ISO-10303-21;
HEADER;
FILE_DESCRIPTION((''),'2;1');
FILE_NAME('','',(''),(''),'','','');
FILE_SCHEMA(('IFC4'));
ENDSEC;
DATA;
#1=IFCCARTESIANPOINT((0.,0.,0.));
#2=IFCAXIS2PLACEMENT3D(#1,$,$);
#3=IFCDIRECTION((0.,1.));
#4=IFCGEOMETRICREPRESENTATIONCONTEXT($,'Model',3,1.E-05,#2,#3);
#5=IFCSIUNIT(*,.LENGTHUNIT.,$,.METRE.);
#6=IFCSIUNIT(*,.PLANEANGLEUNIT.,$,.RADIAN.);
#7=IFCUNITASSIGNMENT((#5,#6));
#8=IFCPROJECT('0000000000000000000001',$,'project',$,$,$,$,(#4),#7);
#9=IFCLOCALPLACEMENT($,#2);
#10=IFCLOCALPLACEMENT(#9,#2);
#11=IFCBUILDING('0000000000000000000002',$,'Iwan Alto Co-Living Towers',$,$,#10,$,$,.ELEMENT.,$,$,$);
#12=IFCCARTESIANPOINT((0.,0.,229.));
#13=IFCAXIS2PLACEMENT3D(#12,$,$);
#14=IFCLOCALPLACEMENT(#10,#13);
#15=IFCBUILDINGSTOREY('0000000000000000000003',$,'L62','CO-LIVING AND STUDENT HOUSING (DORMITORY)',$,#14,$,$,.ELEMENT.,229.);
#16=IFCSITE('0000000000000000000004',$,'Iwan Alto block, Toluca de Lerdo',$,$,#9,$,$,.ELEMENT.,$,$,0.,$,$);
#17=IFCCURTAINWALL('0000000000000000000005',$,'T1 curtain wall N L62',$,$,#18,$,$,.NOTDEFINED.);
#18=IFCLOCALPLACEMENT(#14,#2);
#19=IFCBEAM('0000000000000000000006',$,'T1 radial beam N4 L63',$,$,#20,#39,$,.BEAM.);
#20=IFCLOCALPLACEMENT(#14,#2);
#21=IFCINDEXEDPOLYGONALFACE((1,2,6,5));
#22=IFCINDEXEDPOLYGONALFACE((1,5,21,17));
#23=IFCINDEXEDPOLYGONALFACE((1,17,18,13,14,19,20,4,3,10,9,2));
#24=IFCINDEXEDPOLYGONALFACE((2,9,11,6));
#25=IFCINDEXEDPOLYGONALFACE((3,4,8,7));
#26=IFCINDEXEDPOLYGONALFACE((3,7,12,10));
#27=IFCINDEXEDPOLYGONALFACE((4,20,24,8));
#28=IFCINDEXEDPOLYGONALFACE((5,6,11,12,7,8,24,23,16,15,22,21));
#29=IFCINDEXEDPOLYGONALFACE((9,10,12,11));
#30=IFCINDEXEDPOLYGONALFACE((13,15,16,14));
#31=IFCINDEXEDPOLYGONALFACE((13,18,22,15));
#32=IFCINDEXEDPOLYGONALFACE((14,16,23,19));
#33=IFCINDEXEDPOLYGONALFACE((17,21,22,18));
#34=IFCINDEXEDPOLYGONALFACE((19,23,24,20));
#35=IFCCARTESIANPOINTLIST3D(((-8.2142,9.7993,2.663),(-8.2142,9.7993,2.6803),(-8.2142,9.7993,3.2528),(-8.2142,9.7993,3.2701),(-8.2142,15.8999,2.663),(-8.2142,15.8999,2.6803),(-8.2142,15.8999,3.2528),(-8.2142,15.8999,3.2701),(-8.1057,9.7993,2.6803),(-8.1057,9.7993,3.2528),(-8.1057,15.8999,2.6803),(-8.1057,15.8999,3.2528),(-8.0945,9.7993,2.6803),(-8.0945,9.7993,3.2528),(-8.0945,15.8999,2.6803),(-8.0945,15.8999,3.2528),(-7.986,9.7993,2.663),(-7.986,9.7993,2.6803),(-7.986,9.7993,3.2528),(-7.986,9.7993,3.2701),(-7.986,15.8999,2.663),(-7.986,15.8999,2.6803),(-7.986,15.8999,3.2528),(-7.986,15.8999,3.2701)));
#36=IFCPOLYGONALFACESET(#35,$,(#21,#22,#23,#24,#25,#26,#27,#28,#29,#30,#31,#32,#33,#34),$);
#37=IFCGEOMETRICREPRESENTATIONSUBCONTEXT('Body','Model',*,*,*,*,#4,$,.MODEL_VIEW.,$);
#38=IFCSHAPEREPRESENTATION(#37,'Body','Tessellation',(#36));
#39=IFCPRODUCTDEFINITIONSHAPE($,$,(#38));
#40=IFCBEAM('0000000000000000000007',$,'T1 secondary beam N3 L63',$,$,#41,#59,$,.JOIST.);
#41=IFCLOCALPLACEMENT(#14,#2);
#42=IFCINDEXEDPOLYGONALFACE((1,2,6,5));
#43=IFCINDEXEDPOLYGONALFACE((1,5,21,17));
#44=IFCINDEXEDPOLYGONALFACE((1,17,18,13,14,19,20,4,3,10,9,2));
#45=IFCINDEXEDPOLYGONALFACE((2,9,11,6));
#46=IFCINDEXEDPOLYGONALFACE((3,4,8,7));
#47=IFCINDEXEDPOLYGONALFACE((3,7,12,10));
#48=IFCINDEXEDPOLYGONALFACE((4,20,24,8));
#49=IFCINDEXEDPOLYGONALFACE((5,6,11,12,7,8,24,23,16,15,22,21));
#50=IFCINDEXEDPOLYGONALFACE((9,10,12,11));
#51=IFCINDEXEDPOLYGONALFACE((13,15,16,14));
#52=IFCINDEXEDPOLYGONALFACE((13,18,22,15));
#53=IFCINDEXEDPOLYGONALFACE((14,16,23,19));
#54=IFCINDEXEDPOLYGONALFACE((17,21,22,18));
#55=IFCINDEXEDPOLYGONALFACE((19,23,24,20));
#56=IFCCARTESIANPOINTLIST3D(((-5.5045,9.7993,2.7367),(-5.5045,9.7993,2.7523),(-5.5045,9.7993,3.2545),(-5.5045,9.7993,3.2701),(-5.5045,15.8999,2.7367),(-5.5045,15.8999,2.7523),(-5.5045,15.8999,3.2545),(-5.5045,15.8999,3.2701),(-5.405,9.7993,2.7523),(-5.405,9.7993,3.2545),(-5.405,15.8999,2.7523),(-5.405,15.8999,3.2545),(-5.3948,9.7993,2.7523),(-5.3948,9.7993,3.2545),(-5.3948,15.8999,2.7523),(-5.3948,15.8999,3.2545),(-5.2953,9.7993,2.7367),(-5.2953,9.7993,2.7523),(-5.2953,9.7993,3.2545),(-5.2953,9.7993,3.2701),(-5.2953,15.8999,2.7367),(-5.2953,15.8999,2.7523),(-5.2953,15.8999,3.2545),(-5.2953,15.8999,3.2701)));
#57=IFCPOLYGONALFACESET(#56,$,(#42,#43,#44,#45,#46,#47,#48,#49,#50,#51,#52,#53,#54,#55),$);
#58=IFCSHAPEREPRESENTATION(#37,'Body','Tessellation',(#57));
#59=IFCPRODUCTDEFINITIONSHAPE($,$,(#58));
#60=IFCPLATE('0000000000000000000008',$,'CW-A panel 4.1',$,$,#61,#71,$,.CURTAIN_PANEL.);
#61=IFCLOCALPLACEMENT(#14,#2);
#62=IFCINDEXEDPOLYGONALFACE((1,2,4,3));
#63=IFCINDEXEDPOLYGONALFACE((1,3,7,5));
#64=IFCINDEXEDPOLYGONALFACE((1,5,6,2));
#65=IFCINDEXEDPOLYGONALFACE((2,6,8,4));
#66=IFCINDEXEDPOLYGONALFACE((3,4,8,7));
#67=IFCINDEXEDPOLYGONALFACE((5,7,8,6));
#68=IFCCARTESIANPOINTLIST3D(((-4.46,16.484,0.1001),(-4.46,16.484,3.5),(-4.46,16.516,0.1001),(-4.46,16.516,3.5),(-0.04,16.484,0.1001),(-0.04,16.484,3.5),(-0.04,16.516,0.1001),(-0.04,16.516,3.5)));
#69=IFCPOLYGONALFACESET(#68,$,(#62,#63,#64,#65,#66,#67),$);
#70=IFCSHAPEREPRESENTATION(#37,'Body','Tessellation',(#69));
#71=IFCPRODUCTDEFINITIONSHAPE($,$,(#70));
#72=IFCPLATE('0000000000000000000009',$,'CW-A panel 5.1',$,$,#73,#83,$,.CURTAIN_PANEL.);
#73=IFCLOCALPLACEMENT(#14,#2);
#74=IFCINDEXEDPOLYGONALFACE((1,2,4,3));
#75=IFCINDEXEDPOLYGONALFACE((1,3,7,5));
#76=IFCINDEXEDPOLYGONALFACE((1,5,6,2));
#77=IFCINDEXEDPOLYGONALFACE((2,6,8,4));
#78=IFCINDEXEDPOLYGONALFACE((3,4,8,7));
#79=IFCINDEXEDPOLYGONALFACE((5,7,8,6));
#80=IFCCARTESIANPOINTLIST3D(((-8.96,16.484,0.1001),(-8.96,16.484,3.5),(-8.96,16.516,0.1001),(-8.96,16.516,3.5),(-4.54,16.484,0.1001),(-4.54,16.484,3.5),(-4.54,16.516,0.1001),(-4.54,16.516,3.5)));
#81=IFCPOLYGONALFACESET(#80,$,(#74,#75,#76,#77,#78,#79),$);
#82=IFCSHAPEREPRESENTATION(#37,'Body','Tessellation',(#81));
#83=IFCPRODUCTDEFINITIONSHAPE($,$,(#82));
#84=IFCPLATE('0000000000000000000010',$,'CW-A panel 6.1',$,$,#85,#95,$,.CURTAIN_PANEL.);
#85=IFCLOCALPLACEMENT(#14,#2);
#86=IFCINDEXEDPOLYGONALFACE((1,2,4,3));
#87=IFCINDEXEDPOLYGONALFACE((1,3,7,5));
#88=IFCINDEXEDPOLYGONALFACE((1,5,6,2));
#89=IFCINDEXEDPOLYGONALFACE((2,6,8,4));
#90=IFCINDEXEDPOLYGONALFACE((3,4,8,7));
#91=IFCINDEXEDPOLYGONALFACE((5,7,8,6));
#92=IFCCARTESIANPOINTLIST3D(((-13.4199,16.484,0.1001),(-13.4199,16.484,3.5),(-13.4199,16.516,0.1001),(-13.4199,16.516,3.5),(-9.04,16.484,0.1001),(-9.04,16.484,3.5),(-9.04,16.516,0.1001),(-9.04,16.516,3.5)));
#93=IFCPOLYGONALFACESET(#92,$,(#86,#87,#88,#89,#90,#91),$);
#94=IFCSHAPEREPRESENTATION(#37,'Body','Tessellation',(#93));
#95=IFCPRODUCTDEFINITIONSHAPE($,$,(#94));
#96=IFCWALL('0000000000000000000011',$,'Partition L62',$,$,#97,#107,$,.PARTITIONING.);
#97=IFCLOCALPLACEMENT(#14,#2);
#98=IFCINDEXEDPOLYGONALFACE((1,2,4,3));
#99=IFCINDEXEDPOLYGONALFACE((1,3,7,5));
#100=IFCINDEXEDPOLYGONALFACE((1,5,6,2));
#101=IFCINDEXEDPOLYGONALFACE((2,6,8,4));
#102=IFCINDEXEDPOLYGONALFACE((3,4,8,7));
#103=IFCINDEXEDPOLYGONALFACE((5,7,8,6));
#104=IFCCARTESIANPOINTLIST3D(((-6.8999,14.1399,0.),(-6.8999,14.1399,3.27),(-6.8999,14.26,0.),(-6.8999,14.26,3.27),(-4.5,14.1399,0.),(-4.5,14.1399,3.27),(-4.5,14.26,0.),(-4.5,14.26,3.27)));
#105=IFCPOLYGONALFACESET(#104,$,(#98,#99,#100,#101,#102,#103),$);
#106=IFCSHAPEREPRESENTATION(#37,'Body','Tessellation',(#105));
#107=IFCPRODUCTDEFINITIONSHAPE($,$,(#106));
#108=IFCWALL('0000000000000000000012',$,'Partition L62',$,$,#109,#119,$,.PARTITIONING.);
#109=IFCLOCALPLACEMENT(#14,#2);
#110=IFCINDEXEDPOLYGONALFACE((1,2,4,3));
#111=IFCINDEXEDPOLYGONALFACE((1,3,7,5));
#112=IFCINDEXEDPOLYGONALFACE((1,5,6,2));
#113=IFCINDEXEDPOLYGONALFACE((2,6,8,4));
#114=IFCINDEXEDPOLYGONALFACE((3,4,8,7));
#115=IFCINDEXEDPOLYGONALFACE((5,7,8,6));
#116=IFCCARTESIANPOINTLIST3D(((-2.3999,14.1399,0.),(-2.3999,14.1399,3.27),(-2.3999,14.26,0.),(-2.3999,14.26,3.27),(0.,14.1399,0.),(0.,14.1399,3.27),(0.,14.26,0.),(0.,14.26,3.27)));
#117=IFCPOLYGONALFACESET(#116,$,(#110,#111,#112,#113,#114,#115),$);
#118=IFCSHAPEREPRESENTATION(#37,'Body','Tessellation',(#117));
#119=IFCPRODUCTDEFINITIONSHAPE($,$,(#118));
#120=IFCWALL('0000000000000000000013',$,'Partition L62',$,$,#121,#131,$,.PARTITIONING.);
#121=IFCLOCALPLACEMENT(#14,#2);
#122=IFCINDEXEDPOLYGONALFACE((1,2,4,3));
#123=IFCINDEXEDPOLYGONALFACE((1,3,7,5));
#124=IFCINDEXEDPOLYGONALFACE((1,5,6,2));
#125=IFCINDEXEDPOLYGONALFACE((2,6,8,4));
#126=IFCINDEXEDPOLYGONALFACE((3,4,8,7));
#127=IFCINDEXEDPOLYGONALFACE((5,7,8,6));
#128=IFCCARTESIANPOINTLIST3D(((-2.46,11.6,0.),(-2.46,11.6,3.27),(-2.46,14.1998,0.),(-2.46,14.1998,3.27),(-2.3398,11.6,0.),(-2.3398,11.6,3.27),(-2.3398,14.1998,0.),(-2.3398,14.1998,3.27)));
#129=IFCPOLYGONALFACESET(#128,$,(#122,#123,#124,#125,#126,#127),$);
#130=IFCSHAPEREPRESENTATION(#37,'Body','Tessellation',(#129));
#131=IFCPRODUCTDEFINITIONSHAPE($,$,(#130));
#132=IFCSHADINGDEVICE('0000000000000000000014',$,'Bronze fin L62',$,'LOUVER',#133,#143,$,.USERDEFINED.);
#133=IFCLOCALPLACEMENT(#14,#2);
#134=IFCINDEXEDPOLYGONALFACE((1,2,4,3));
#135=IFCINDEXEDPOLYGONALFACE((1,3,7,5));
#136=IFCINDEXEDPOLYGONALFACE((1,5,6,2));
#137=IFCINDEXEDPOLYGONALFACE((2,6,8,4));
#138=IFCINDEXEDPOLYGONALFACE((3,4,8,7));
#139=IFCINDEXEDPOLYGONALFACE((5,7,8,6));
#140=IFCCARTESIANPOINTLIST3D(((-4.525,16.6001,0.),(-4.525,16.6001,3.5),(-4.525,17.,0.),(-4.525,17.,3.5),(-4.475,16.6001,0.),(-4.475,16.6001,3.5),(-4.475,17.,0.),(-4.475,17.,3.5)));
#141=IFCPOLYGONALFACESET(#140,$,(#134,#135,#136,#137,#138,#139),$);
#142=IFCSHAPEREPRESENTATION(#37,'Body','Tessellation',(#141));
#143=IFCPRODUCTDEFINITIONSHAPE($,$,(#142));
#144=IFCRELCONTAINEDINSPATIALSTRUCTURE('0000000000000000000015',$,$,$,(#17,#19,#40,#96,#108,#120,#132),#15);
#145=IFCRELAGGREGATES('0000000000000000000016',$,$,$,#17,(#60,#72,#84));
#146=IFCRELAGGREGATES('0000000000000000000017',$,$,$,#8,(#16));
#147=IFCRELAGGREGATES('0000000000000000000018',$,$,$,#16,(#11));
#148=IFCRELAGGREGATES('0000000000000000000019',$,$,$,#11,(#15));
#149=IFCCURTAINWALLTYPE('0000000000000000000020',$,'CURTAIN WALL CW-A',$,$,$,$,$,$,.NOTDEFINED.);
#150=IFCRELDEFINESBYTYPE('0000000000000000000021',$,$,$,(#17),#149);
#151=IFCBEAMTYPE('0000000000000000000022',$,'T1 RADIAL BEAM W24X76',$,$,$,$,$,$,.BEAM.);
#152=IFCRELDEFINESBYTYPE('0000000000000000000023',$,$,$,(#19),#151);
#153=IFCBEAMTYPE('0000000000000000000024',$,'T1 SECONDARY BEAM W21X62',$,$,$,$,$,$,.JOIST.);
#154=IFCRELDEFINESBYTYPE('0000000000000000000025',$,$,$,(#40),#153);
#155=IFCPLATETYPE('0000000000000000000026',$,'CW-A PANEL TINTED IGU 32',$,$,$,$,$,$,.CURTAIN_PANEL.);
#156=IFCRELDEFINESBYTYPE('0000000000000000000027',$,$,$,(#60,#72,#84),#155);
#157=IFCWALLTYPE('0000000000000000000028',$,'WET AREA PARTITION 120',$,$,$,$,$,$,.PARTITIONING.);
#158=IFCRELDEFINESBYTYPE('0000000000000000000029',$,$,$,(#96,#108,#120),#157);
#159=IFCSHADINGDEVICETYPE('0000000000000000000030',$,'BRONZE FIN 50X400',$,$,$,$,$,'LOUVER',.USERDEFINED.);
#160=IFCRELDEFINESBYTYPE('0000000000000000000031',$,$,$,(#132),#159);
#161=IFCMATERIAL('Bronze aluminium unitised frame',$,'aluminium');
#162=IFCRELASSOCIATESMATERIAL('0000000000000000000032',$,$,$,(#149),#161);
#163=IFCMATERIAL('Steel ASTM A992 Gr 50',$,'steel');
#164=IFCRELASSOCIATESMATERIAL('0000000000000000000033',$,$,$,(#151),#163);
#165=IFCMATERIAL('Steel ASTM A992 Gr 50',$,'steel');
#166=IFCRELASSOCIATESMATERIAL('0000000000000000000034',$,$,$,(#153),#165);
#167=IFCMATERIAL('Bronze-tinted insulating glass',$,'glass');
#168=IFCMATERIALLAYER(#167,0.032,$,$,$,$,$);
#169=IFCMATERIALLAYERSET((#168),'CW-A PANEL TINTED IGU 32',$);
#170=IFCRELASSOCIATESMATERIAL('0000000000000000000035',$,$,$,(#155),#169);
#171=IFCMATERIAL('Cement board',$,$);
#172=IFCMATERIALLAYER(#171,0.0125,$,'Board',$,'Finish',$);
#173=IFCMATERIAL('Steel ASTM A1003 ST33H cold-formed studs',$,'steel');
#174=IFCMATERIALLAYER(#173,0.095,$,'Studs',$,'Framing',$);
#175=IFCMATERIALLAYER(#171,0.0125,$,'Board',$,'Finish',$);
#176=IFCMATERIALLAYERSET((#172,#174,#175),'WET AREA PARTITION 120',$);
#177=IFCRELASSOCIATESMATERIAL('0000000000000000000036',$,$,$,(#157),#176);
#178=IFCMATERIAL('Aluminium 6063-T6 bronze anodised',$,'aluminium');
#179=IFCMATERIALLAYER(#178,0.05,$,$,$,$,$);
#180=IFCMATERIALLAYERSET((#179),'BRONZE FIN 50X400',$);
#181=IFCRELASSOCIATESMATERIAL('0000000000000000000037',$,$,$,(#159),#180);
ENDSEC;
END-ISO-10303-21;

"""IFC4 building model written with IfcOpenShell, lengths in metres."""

from ifc_helpers import new_model, si_unit, direction, frame, frame_2d, origin, origin_2d, place, context, subcontext, project, spatial, rectangle, i_section, extrude, material, layer, layer_set, material_profile, profile_set, type_object, element, aggregate, save


model = new_model("IFC4")

# Units and contexts
model_context = context("Model", 3, precision=1e-05, world=origin(), true_north=direction((0.0, 1.0)))
body_context = subcontext(model_context, "Body", "Model", "MODEL_VIEW")
ifc_project = project(units=[si_unit("LENGTHUNIT", "METRE"), si_unit("PLANEANGLEUNIT", "RADIAN")], contexts=[model_context])

# Site, building, storey
site_placement = place(None, origin())
site = spatial("IfcSite", under=ifc_project, at=site_placement, Name="Iwan Alto block, Toluca de Lerdo", CompositionType="ELEMENT", RefElevation=0.0)
building_placement = place(site_placement, origin())
building = spatial("IfcBuilding", under=site, at=building_placement, Name="Iwan Alto Co-Living Towers", CompositionType="ELEMENT")
storey_placement = place(building_placement, frame((0.0, 0.0, 229.0)))
storey = spatial("IfcBuildingStorey", under=building, at=storey_placement, Name="L62", Description="CO-LIVING AND STUDENT HOUSING (DORMITORY)", CompositionType="ELEMENT", Elevation=229.0)

# Curtain wall
ifc_material_1 = material(Name="Bronze aluminium unitised frame", Category="aluminium")
curtain_wall_type = type_object("IfcCurtainWallType", Name="CURTAIN WALL CW-A", PredefinedType="NOTDEFINED", material=ifc_material_1)
curtain_wall_placement = place(storey_placement, origin())
curtain_wall = element("IfcCurtainWall", 1, at=curtain_wall_placement, inside=storey, type_object=curtain_wall_type, Name="T1 curtain wall N L62", PredefinedType="NOTDEFINED")

# Beams
ifc_material_2 = material(Name="Steel ASTM A992 Gr 50", Category="steel")
ifc_material_profile_1 = material_profile(ifc_material_2, i_section(OverallWidth=0.2283, OverallDepth=0.6072, WebThickness=0.0112, FlangeThickness=0.0173, at=origin_2d()), Name="W24X76")
ifc_profile_set_1 = profile_set([ifc_material_profile_1], Name="Steel ASTM A992 Gr 50")
beam_type_1 = type_object("IfcBeamType", Name="T1 RADIAL BEAM W24X76", PredefinedType="BEAM", material=ifc_profile_set_1)
for number, where, z_axis, x_axis, name in (
    (2, (-8.1001, 15.8999, 2.9666), (0.0, -1.0, 0.0), (1.0, 0.0, 0.0), "T1 radial beam N4 L63"),
):
    element("IfcBeam", number, at=place(storey_placement, frame(where, z_axis=z_axis, x_axis=x_axis)), inside=storey, type_object=beam_type_1, Name=name, PredefinedType="BEAM", context=body_context, shape_type="SweptSolid", body=[
        extrude(i_section(OverallWidth=0.2283, OverallDepth=0.6072, WebThickness=0.0112, FlangeThickness=0.0173, at=origin_2d()), origin(), (0.0, 0.0, 1.0), 6.1006),
    ])
ifc_material_3 = material(Name="Steel ASTM A992 Gr 50", Category="steel")
ifc_material_profile_2 = material_profile(ifc_material_3, i_section(OverallWidth=0.2092, OverallDepth=0.5334, WebThickness=0.0103, FlangeThickness=0.0156, at=origin_2d()), Name="W21X62")
ifc_profile_set_2 = profile_set([ifc_material_profile_2], Name="Steel ASTM A992 Gr 50")
beam_type_2 = type_object("IfcBeamType", Name="T1 SECONDARY BEAM W21X62", PredefinedType="JOIST", material=ifc_profile_set_2)
beam_1_placement = place(storey_placement, frame((-5.3999, 15.8999, 3.0034), z_axis=(0.0, -1.0, 0.0), x_axis=(1.0, 0.0, 0.0)))
element("IfcBeam", 3, at=beam_1_placement, inside=storey, type_object=beam_type_2, Name="T1 secondary beam N3 L63", PredefinedType="JOIST", context=body_context, shape_type="SweptSolid", body=[
    extrude(i_section(OverallWidth=0.2092, OverallDepth=0.5334, WebThickness=0.0103, FlangeThickness=0.0156, at=origin_2d()), origin(), (0.0, 0.0, 1.0), 6.1006),
])

# Plates
ifc_material_4 = material(Name="Bronze-tinted insulating glass", Category="glass")
ifc_layer_1 = layer(ifc_material_4, 0.032)
ifc_layer_set_1 = layer_set([ifc_layer_1], Name="CW-A PANEL TINTED IGU 32")
plate_type = type_object("IfcPlateType", Name="CW-A PANEL TINTED IGU 32", PredefinedType="CURTAIN_PANEL", material=ifc_layer_set_1)
plate_1_placement = place(storey_placement, frame((-2.25, 16.5, 0.1001), z_axis=(0.0, 0.0, 1.0), x_axis=(-1.0, 0.0, 0.0)))
plate_1 = element("IfcPlate", 4, at=plate_1_placement, type_object=plate_type, Name="CW-A panel 4.1", PredefinedType="CURTAIN_PANEL", context=body_context, shape_type="SweptSolid", body=[
    extrude(rectangle(XDim=4.4199, YDim=0.032, at=origin_2d()), origin(), (0.0, 0.0, 1.0), 3.3999),
])
plate_2_placement = place(storey_placement, frame((-6.75, 16.5, 0.1001), z_axis=(0.0, 0.0, 1.0), x_axis=(-1.0, 0.0, 0.0)))
plate_2 = element("IfcPlate", 5, at=plate_2_placement, type_object=plate_type, Name="CW-A panel 5.1", PredefinedType="CURTAIN_PANEL", context=body_context, shape_type="SweptSolid", body=[
    extrude(rectangle(XDim=4.4199, YDim=0.032, at=origin_2d()), origin(), (0.0, 0.0, 1.0), 3.3999),
])
plate_3_placement = place(storey_placement, frame((-11.23, 16.5, 0.1001), z_axis=(0.0, 0.0, 1.0), x_axis=(-1.0, 0.0, 0.0)))
plate_3 = element("IfcPlate", 6, at=plate_3_placement, type_object=plate_type, Name="CW-A panel 6.1", PredefinedType="CURTAIN_PANEL", context=body_context, shape_type="SweptSolid", body=[
    extrude(rectangle(XDim=4.3799, YDim=0.032, at=origin_2d()), origin(), (0.0, 0.0, 1.0), 3.3999),
])
aggregate(curtain_wall, [plate_1, plate_2, plate_3])

# Walls
ifc_material_5 = material(Name="Cement board")
ifc_layer_2 = layer(ifc_material_5, 0.0125, Name="Board", Category="Finish")
ifc_material_6 = material(Name="Steel ASTM A1003 ST33H cold-formed studs", Category="steel")
ifc_layer_3 = layer(ifc_material_6, 0.095, Name="Studs", Category="Framing")
ifc_layer_4 = layer(ifc_material_5, 0.0125, Name="Board", Category="Finish")
ifc_layer_set_2 = layer_set([ifc_layer_2, ifc_layer_3, ifc_layer_4], Name="WET AREA PARTITION 120")
wall_type = type_object("IfcWallType", Name="WET AREA PARTITION 120", PredefinedType="PARTITIONING", material=ifc_layer_set_2)
for number, where, z_axis, x_axis, name in (
    (7, (-6.8999, 14.2, 0.0), (0.0, 0.0, 1.0), (1.0, 0.0, 0.0), "Partition L62"),
    (8, (-2.3999, 14.2, 0.0), (0.0, 0.0, 1.0), (1.0, 0.0, 0.0), "Partition L62"),
):
    element("IfcWall", number, at=place(storey_placement, frame(where, z_axis=z_axis, x_axis=x_axis)), inside=storey, type_object=wall_type, Name=name, PredefinedType="PARTITIONING", context=body_context, shape_type="SweptSolid", body=[
        extrude(rectangle(XDim=2.3999, YDim=0.1201, at=frame_2d((1.2, 0.0))), origin(), (0.0, 0.0, 1.0), 3.27),
    ])
wall_placement = place(storey_placement, frame((-2.3999, 11.6001, 0.0), z_axis=(0.0, 0.0, 1.0), x_axis=(0.0, 1.0, 0.0)))
element("IfcWall", 9, at=wall_placement, inside=storey, type_object=wall_type, Name="Partition L62", PredefinedType="PARTITIONING", context=body_context, shape_type="SweptSolid", body=[
    extrude(rectangle(XDim=2.5999, YDim=0.1201, at=frame_2d((1.2998, 0.0))), origin(), (0.0, 0.0, 1.0), 3.27),
])

# Shading device
ifc_material_7 = material(Name="Aluminium 6063-T6 bronze anodised", Category="aluminium")
ifc_layer_5 = layer(ifc_material_7, 0.05)
ifc_layer_set_3 = layer_set([ifc_layer_5], Name="BRONZE FIN 50X400")
shading_device_type = type_object("IfcShadingDeviceType", Name="BRONZE FIN 50X400", ElementType="LOUVER", PredefinedType="USERDEFINED", material=ifc_layer_set_3)
shading_device_placement = place(storey_placement, frame((-4.5, 16.8, 0.0), z_axis=(0.0, 0.0, 1.0), x_axis=(-1.0, 0.0, 0.0)))
element("IfcShadingDevice", 10, at=shading_device_placement, inside=storey, type_object=shading_device_type, Name="Bronze fin L62", ObjectType="LOUVER", PredefinedType="USERDEFINED", context=body_context, shape_type="SweptSolid", body=[
    extrude(rectangle(XDim=0.05, YDim=0.3999, at=origin_2d()), origin(), (0.0, 0.0, 1.0), 3.5),
])

save(model, "model.ifc")
